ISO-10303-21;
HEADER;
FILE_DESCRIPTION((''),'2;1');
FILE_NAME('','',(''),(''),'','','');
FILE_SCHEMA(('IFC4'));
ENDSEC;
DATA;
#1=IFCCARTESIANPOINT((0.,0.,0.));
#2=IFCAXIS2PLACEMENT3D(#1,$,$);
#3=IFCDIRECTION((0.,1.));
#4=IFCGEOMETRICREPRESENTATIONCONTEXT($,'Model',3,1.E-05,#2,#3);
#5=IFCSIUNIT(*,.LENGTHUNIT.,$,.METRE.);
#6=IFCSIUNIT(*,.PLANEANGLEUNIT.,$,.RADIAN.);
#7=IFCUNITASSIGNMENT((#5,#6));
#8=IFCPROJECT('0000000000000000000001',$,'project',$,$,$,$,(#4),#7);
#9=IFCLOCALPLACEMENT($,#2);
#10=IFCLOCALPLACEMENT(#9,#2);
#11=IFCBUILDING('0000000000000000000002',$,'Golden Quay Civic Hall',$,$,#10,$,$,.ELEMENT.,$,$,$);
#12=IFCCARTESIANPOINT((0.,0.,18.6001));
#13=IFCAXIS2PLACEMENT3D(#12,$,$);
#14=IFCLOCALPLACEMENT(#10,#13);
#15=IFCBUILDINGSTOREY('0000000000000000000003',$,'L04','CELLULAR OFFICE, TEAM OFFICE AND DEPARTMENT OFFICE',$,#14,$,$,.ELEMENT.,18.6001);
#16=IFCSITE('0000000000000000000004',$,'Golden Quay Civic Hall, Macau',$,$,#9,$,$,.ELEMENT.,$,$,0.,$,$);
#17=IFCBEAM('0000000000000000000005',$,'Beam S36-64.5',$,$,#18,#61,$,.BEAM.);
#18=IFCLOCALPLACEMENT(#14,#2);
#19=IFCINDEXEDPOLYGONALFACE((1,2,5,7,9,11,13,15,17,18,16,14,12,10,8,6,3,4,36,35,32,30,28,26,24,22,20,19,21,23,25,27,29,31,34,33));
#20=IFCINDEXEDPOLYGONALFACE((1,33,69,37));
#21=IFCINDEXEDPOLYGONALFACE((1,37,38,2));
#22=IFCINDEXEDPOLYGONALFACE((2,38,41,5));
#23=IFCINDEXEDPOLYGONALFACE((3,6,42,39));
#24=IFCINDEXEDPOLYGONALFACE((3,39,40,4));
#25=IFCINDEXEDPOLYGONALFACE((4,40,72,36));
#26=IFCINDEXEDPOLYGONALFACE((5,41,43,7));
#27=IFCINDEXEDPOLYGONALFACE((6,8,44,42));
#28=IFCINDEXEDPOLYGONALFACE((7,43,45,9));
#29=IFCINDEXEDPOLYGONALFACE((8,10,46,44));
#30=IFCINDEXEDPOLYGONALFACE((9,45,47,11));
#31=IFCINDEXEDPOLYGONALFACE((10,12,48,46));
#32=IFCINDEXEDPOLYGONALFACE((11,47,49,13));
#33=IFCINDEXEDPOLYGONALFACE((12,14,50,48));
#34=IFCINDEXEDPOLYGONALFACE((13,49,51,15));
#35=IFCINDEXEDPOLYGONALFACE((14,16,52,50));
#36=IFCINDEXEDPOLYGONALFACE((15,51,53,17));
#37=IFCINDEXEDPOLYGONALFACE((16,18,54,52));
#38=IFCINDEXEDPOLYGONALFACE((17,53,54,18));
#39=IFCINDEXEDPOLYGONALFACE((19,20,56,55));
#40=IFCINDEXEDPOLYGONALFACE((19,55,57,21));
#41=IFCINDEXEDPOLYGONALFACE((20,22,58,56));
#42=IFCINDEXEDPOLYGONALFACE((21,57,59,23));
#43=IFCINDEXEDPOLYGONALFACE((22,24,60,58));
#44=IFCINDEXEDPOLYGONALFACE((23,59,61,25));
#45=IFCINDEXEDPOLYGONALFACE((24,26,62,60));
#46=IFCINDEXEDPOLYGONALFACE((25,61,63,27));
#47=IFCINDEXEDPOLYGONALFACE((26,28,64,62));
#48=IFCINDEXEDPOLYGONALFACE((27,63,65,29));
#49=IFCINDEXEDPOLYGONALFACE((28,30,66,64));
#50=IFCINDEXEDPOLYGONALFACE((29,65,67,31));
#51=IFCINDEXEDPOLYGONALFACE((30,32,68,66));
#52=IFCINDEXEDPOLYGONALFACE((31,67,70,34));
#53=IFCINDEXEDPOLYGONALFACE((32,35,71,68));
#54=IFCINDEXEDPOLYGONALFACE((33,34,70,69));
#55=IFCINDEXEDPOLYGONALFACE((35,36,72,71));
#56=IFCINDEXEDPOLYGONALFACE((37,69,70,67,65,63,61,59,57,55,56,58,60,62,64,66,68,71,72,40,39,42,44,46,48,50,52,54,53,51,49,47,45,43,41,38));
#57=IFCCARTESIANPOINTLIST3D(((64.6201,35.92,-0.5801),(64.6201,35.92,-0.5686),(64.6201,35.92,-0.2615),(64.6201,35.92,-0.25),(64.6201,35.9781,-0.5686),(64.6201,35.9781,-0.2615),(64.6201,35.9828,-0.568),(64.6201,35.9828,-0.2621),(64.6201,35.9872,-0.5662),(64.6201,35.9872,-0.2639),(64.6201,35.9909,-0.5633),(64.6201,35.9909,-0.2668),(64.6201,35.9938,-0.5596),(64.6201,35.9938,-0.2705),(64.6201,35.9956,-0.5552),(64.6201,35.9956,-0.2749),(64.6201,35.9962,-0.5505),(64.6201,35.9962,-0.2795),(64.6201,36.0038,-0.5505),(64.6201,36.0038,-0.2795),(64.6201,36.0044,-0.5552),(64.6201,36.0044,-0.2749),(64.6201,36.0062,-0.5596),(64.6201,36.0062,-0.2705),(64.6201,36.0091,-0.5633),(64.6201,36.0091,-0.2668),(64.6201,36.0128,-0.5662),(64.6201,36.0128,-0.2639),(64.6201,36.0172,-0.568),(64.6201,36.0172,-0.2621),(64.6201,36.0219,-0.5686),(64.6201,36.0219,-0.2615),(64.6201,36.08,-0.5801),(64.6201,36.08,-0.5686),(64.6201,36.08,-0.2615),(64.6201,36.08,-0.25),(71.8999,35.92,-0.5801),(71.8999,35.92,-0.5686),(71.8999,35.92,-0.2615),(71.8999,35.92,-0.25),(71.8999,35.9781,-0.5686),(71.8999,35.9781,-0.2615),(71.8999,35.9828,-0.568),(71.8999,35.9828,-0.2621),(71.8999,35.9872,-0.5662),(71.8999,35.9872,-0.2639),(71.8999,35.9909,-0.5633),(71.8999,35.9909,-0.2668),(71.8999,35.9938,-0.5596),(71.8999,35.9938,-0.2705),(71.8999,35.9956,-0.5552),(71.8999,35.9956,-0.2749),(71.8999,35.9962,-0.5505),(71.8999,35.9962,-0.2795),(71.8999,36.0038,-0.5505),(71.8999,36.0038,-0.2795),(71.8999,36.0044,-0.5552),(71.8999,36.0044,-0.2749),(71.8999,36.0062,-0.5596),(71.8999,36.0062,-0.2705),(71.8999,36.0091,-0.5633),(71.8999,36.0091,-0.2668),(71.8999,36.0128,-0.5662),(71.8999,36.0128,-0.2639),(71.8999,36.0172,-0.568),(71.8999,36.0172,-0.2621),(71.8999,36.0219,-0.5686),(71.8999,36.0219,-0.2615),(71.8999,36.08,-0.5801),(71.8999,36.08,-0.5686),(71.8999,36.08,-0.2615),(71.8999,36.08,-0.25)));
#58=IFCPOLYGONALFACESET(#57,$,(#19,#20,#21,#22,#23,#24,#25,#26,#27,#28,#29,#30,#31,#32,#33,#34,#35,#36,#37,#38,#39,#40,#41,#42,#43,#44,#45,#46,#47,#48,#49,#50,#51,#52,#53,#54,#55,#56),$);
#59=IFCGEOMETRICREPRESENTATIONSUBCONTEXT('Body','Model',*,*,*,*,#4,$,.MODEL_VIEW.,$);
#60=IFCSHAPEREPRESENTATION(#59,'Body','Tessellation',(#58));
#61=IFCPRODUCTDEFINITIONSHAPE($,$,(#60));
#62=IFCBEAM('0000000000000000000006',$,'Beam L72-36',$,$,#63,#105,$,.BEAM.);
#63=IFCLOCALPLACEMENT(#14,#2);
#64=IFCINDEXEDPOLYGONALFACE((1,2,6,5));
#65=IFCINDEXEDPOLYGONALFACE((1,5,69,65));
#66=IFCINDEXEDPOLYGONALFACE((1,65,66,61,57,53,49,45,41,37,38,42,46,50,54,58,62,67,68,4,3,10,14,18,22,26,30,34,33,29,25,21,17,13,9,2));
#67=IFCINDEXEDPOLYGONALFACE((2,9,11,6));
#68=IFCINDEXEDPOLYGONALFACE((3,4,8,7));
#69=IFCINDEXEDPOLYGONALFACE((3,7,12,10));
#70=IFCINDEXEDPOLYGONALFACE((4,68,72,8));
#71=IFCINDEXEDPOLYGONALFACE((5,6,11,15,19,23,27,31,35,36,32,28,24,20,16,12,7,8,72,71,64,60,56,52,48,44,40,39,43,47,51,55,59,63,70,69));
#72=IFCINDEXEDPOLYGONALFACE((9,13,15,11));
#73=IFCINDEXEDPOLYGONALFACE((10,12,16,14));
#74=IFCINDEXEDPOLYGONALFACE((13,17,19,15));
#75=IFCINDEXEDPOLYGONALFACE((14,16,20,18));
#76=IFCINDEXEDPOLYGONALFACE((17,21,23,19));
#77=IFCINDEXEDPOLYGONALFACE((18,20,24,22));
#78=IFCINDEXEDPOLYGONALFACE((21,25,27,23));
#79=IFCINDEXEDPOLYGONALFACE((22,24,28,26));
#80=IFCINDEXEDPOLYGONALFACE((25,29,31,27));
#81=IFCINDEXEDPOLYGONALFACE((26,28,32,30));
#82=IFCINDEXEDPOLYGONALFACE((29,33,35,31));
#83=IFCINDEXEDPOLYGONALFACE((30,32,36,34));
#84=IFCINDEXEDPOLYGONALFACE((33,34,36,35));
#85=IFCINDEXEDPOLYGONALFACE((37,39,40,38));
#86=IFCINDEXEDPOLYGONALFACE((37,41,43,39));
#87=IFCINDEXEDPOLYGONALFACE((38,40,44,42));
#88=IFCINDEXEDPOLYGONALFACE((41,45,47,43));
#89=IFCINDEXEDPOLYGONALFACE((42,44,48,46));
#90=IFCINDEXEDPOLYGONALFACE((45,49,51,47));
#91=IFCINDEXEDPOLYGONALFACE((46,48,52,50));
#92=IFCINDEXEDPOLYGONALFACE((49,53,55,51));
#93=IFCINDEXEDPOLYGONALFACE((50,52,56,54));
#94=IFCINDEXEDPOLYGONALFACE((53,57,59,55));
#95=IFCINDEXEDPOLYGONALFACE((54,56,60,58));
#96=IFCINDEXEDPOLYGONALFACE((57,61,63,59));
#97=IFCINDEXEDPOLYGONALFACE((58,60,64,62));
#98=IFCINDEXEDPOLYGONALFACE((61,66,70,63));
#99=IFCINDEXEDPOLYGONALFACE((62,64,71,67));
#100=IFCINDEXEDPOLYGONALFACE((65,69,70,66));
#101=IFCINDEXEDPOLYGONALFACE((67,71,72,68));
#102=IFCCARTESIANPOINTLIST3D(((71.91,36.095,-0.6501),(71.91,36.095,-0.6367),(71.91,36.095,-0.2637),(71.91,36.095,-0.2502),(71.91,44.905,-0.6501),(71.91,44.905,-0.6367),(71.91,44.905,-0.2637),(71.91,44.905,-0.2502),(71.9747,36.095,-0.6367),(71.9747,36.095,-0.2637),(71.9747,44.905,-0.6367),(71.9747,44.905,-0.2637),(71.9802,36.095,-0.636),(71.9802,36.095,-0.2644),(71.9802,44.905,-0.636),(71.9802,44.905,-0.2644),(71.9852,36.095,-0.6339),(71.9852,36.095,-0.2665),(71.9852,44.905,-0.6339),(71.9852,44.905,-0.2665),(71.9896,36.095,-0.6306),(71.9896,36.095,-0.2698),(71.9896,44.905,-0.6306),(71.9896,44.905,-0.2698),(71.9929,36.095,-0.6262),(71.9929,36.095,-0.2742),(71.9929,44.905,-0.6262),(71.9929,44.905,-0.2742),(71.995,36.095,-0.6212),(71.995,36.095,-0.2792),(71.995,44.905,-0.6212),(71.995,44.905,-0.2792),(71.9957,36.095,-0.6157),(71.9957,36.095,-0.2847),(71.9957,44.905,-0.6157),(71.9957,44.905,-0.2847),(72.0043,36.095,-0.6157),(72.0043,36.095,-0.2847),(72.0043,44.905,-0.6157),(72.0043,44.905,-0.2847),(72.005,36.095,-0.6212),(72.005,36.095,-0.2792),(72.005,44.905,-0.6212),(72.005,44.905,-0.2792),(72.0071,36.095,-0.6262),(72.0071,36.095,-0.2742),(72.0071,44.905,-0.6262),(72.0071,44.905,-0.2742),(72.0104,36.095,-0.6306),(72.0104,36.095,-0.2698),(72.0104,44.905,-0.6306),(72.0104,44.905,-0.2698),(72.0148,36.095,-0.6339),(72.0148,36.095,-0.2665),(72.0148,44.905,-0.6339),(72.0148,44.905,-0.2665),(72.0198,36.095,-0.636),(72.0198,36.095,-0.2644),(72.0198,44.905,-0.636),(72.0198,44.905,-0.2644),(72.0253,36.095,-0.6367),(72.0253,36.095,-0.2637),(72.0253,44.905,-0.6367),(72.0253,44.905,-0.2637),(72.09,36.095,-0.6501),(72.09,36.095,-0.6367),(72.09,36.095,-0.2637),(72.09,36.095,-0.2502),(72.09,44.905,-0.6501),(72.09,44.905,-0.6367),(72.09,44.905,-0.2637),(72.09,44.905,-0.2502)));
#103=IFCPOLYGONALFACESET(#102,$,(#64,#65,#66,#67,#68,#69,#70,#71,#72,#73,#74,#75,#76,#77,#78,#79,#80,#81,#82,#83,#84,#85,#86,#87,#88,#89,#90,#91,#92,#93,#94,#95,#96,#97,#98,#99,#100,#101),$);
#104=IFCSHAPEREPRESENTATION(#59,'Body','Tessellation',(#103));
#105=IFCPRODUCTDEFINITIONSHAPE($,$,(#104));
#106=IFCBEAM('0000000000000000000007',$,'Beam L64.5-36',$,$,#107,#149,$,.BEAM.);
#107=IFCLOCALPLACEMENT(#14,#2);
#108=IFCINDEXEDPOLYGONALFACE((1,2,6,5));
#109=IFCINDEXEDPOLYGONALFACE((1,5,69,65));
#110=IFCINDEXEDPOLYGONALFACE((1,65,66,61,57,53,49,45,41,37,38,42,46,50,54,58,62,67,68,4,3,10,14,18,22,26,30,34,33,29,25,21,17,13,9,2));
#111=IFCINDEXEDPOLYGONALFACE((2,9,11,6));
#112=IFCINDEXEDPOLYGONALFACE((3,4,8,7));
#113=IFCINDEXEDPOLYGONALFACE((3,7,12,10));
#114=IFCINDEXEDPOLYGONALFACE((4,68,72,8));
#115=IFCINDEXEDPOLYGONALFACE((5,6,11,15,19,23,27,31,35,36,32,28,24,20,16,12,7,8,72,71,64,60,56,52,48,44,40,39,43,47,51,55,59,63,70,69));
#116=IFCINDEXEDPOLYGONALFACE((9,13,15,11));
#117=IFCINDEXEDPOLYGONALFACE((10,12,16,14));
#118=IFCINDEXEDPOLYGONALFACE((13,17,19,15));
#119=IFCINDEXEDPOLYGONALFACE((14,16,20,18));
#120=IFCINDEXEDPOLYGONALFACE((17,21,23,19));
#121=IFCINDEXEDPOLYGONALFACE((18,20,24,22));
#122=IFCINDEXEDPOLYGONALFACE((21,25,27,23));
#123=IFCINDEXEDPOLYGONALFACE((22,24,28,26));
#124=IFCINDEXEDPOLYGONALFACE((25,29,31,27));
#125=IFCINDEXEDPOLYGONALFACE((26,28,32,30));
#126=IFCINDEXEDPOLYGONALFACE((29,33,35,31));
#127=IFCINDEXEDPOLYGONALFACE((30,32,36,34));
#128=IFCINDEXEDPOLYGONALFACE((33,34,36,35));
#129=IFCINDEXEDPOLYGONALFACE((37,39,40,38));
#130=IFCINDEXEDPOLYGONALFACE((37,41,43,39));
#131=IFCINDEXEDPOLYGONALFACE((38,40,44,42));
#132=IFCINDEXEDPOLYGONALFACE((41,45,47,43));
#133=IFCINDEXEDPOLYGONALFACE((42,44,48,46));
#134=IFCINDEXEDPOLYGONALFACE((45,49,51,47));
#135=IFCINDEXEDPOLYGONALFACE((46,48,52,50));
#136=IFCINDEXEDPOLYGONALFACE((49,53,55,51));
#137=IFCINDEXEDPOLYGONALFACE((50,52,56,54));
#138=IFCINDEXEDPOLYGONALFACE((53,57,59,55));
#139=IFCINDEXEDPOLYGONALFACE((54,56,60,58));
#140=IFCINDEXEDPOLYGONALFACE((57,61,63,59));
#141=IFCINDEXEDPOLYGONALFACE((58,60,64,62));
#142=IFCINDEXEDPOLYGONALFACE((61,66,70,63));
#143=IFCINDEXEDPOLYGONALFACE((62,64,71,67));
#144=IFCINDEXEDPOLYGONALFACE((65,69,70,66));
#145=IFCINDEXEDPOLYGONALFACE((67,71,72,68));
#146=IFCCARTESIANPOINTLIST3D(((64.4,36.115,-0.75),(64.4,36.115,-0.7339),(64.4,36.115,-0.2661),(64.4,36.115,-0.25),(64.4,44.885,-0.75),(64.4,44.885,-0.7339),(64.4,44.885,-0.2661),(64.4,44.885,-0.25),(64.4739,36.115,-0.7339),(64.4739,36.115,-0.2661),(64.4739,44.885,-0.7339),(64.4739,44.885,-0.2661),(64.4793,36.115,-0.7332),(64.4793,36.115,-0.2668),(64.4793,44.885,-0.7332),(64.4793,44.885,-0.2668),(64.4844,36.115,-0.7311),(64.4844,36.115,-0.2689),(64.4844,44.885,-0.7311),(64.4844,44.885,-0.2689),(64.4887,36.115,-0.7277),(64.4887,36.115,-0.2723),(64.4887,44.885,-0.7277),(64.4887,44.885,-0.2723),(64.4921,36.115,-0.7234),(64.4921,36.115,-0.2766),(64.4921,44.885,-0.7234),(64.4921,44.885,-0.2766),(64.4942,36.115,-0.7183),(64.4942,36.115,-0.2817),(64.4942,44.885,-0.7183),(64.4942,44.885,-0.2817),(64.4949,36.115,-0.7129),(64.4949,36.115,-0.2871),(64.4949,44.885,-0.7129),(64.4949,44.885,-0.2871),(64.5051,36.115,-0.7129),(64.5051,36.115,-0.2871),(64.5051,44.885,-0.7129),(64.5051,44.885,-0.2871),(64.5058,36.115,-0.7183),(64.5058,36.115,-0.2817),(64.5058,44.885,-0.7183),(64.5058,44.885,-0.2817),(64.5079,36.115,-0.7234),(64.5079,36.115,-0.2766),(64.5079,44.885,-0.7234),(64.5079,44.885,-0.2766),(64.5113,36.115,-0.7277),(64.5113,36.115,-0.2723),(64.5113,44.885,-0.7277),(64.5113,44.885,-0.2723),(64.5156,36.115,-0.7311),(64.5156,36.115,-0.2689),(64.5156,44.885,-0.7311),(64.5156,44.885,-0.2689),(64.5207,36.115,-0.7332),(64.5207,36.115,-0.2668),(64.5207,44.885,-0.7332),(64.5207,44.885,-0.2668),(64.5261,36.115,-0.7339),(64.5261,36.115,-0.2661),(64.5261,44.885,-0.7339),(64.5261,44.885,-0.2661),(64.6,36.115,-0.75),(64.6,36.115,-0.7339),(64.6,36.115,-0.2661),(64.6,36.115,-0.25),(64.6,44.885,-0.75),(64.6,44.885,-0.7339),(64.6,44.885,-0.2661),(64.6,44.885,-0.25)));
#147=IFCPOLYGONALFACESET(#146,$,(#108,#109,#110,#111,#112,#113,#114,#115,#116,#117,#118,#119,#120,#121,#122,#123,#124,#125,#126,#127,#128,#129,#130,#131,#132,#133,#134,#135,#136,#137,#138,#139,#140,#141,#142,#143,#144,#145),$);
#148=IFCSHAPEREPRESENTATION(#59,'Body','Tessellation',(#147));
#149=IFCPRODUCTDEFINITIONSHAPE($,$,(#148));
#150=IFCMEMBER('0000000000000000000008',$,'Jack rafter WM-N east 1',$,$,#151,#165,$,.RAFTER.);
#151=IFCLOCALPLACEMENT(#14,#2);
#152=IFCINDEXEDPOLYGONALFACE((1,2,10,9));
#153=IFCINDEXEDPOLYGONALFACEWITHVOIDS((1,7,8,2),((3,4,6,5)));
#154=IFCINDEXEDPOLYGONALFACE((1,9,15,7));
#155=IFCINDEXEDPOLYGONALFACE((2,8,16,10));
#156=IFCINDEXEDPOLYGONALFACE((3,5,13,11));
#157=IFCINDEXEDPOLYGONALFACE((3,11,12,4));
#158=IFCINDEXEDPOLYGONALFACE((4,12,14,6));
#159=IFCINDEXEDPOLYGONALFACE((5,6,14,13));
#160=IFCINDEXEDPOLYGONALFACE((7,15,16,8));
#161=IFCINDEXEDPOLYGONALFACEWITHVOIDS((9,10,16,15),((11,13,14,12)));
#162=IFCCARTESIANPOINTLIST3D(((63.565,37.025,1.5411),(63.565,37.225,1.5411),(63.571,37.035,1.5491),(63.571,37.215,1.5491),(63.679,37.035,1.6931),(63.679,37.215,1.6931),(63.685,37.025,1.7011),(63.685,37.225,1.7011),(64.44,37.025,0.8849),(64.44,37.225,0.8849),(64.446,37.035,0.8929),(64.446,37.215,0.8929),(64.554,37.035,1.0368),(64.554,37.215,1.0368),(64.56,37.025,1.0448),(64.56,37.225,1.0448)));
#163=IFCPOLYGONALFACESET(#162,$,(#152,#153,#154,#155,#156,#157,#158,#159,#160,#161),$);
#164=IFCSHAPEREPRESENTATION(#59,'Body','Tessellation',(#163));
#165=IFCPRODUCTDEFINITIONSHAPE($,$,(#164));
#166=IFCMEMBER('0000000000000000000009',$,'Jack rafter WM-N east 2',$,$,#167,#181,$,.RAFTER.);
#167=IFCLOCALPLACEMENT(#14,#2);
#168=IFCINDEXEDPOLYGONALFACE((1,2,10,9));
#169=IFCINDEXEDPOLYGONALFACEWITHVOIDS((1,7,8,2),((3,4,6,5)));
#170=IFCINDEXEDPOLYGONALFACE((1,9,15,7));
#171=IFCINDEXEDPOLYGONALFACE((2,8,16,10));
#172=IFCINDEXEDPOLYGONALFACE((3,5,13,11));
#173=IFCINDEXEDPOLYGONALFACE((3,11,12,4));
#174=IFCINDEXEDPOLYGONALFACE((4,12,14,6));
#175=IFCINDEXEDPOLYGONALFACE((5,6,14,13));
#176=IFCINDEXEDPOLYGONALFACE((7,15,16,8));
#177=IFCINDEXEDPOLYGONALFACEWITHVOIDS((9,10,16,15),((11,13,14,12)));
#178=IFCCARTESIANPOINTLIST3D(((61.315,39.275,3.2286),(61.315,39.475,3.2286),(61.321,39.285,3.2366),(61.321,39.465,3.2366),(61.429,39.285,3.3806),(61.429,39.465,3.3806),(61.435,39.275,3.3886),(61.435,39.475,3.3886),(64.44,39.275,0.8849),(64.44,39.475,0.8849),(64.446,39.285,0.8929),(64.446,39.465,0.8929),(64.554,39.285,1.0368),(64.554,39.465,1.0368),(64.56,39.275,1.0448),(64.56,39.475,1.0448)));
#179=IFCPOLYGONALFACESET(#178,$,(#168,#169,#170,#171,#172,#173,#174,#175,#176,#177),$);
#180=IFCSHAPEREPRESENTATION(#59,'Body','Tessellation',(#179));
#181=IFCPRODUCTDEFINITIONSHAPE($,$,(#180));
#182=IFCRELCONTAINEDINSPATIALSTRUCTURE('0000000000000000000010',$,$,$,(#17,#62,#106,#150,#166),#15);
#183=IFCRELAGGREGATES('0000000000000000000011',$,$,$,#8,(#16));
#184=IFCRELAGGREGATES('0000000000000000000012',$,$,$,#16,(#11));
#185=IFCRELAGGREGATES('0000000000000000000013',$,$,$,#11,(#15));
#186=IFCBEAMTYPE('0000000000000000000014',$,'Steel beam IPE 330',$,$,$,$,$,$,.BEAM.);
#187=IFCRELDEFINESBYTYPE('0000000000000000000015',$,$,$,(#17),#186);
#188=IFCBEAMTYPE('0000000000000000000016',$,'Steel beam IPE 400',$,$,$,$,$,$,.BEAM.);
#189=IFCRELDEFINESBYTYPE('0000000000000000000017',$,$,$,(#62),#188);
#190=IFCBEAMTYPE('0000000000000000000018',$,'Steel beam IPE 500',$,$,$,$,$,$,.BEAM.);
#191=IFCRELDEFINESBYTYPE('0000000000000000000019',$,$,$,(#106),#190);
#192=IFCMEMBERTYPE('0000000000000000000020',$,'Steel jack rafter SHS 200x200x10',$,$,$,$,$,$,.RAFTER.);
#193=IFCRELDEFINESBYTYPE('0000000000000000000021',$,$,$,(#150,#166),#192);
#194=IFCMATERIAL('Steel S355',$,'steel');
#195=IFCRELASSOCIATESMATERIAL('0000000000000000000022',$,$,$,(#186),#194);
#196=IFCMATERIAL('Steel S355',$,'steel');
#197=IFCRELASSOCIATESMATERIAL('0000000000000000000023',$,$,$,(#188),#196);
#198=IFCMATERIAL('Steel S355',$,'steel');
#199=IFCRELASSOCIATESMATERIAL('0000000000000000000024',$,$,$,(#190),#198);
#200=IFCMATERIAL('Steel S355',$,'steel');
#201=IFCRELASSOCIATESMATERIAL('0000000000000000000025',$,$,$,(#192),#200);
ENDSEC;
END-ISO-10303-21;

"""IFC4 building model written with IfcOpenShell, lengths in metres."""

from ifc_helpers import new_model, si_unit, direction, frame, origin, origin_2d, place, context, subcontext, project, spatial, hollow_rectangle, i_section, extrude, material, material_profile, profile_set, type_object, element, save


model = new_model("IFC4")

# Units and contexts
model_context = context("Model", 3, precision=1e-05, world=origin(), true_north=direction((0.0, 1.0)))
body_context = subcontext(model_context, "Body", "Model", "MODEL_VIEW")
ifc_project = project(units=[si_unit("LENGTHUNIT", "METRE"), si_unit("PLANEANGLEUNIT", "RADIAN")], contexts=[model_context])

# Site, building, storey
site_placement = place(None, origin())
site = spatial("IfcSite", under=ifc_project, at=site_placement, Name="Golden Quay Civic Hall, Macau", CompositionType="ELEMENT", RefElevation=0.0)
building_placement = place(site_placement, origin())
building = spatial("IfcBuilding", under=site, at=building_placement, Name="Golden Quay Civic Hall", CompositionType="ELEMENT")
storey_placement = place(building_placement, frame((0.0, 0.0, 18.6001)))
storey = spatial("IfcBuildingStorey", under=building, at=storey_placement, Name="L04", Description="CELLULAR OFFICE, TEAM OFFICE AND DEPARTMENT OFFICE", CompositionType="ELEMENT", Elevation=18.6001)

# Beams
ifc_material_1 = material(Name="Steel S355", Category="steel")
ifc_material_profile_1 = material_profile(ifc_material_1, i_section(OverallWidth=0.1599, OverallDepth=0.3301, WebThickness=0.0076, FlangeThickness=0.0115, FilletRadius=0.0181, at=origin_2d()), Name="IPE 330")
ifc_profile_set_1 = profile_set([ifc_material_profile_1], Name="Steel S355")
beam_type_1 = type_object("IfcBeamType", Name="Steel beam IPE 330", PredefinedType="BEAM", material=ifc_profile_set_1)
beam_1_placement = place(storey_placement, frame((64.6201, 36.0, -0.415), z_axis=(1.0, 0.0, 0.0), x_axis=(0.0, 1.0, 0.0)))
element("IfcBeam", 1, at=beam_1_placement, inside=storey, type_object=beam_type_1, Name="Beam S36-64.5", PredefinedType="BEAM", context=body_context, shape_type="SweptSolid", body=[
    extrude(i_section(OverallWidth=0.1599, OverallDepth=0.3301, WebThickness=0.0076, FlangeThickness=0.0115, FilletRadius=0.0181, at=origin_2d()), origin(), (0.0, 0.0, 1.0), 7.2798),
])
ifc_material_2 = material(Name="Steel S355", Category="steel")
ifc_material_profile_2 = material_profile(ifc_material_2, i_section(OverallWidth=0.1799, OverallDepth=0.3999, WebThickness=0.0085, FlangeThickness=0.0134, FilletRadius=0.021, at=origin_2d()), Name="IPE 400")
ifc_profile_set_2 = profile_set([ifc_material_profile_2], Name="Steel S355")
beam_type_2 = type_object("IfcBeamType", Name="Steel beam IPE 400", PredefinedType="BEAM", material=ifc_profile_set_2)
beam_2_placement = place(storey_placement, frame((72.0, 36.095, -0.4502), z_axis=(0.0, 1.0, 0.0), x_axis=(-1.0, 0.0, 0.0)))
element("IfcBeam", 2, at=beam_2_placement, inside=storey, type_object=beam_type_2, Name="Beam L72-36", PredefinedType="BEAM", context=body_context, shape_type="SweptSolid", body=[
    extrude(i_section(OverallWidth=0.1799, OverallDepth=0.3999, WebThickness=0.0085, FlangeThickness=0.0134, FilletRadius=0.021, at=origin_2d()), origin(), (0.0, 0.0, 1.0), 8.8101),
])
ifc_material_3 = material(Name="Steel S355", Category="steel")
ifc_material_profile_3 = material_profile(ifc_material_3, i_section(OverallWidth=0.2, OverallDepth=0.5, WebThickness=0.0103, FlangeThickness=0.0161, FilletRadius=0.021, at=origin_2d()), Name="IPE 500")
ifc_profile_set_3 = profile_set([ifc_material_profile_3], Name="Steel S355")
beam_type_3 = type_object("IfcBeamType", Name="Steel beam IPE 500", PredefinedType="BEAM", material=ifc_profile_set_3)
beam_3_placement = place(storey_placement, frame((64.5, 36.115, -0.5), z_axis=(0.0, 1.0, 0.0), x_axis=(-1.0, 0.0, 0.0)))
element("IfcBeam", 3, at=beam_3_placement, inside=storey, type_object=beam_type_3, Name="Beam L64.5-36", PredefinedType="BEAM", context=body_context, shape_type="SweptSolid", body=[
    extrude(i_section(OverallWidth=0.2, OverallDepth=0.5, WebThickness=0.0103, FlangeThickness=0.0161, FilletRadius=0.021, at=origin_2d()), origin(), (0.0, 0.0, 1.0), 8.77),
])

# Members
ifc_material_4 = material(Name="Steel S355", Category="steel")
ifc_material_profile_4 = material_profile(ifc_material_4, hollow_rectangle(XDim=0.2, YDim=0.2, WallThickness=0.01, at=origin_2d()), Name="SHS 200x200x10")
ifc_profile_set_4 = profile_set([ifc_material_profile_4], Name="Steel S355")
member_type_1 = type_object("IfcMemberType", Name="Steel jack rafter SHS 200x200x10", PredefinedType="RAFTER", material=ifc_profile_set_4)
member_1_placement = place(storey_placement, frame((64.5, 37.125, 0.9648), z_axis=(-0.8, 0.0, 0.6), x_axis=(0.0, -1.0, 0.0)))
element("IfcMember", 4, at=member_1_placement, inside=storey, type_object=member_type_1, Name="Jack rafter WM-N east 1", PredefinedType="RAFTER", context=body_context, shape_type="SweptSolid", body=[
    extrude(hollow_rectangle(XDim=0.2, YDim=0.2, WallThickness=0.01, at=origin_2d()), origin(), (0.0, 0.0, 1.0), 1.0938),
])
member_2_placement = place(storey_placement, frame((64.5, 39.375, 0.9648), z_axis=(-0.8, 0.0, 0.6), x_axis=(0.0, -1.0, 0.0)))
element("IfcMember", 5, at=member_2_placement, inside=storey, type_object=member_type_1, Name="Jack rafter WM-N east 2", PredefinedType="RAFTER", context=body_context, shape_type="SweptSolid", body=[
    extrude(hollow_rectangle(XDim=0.2, YDim=0.2, WallThickness=0.01, at=origin_2d()), origin(), (0.0, 0.0, 1.0), 3.9062),
])

save(model, "model.ifc")
